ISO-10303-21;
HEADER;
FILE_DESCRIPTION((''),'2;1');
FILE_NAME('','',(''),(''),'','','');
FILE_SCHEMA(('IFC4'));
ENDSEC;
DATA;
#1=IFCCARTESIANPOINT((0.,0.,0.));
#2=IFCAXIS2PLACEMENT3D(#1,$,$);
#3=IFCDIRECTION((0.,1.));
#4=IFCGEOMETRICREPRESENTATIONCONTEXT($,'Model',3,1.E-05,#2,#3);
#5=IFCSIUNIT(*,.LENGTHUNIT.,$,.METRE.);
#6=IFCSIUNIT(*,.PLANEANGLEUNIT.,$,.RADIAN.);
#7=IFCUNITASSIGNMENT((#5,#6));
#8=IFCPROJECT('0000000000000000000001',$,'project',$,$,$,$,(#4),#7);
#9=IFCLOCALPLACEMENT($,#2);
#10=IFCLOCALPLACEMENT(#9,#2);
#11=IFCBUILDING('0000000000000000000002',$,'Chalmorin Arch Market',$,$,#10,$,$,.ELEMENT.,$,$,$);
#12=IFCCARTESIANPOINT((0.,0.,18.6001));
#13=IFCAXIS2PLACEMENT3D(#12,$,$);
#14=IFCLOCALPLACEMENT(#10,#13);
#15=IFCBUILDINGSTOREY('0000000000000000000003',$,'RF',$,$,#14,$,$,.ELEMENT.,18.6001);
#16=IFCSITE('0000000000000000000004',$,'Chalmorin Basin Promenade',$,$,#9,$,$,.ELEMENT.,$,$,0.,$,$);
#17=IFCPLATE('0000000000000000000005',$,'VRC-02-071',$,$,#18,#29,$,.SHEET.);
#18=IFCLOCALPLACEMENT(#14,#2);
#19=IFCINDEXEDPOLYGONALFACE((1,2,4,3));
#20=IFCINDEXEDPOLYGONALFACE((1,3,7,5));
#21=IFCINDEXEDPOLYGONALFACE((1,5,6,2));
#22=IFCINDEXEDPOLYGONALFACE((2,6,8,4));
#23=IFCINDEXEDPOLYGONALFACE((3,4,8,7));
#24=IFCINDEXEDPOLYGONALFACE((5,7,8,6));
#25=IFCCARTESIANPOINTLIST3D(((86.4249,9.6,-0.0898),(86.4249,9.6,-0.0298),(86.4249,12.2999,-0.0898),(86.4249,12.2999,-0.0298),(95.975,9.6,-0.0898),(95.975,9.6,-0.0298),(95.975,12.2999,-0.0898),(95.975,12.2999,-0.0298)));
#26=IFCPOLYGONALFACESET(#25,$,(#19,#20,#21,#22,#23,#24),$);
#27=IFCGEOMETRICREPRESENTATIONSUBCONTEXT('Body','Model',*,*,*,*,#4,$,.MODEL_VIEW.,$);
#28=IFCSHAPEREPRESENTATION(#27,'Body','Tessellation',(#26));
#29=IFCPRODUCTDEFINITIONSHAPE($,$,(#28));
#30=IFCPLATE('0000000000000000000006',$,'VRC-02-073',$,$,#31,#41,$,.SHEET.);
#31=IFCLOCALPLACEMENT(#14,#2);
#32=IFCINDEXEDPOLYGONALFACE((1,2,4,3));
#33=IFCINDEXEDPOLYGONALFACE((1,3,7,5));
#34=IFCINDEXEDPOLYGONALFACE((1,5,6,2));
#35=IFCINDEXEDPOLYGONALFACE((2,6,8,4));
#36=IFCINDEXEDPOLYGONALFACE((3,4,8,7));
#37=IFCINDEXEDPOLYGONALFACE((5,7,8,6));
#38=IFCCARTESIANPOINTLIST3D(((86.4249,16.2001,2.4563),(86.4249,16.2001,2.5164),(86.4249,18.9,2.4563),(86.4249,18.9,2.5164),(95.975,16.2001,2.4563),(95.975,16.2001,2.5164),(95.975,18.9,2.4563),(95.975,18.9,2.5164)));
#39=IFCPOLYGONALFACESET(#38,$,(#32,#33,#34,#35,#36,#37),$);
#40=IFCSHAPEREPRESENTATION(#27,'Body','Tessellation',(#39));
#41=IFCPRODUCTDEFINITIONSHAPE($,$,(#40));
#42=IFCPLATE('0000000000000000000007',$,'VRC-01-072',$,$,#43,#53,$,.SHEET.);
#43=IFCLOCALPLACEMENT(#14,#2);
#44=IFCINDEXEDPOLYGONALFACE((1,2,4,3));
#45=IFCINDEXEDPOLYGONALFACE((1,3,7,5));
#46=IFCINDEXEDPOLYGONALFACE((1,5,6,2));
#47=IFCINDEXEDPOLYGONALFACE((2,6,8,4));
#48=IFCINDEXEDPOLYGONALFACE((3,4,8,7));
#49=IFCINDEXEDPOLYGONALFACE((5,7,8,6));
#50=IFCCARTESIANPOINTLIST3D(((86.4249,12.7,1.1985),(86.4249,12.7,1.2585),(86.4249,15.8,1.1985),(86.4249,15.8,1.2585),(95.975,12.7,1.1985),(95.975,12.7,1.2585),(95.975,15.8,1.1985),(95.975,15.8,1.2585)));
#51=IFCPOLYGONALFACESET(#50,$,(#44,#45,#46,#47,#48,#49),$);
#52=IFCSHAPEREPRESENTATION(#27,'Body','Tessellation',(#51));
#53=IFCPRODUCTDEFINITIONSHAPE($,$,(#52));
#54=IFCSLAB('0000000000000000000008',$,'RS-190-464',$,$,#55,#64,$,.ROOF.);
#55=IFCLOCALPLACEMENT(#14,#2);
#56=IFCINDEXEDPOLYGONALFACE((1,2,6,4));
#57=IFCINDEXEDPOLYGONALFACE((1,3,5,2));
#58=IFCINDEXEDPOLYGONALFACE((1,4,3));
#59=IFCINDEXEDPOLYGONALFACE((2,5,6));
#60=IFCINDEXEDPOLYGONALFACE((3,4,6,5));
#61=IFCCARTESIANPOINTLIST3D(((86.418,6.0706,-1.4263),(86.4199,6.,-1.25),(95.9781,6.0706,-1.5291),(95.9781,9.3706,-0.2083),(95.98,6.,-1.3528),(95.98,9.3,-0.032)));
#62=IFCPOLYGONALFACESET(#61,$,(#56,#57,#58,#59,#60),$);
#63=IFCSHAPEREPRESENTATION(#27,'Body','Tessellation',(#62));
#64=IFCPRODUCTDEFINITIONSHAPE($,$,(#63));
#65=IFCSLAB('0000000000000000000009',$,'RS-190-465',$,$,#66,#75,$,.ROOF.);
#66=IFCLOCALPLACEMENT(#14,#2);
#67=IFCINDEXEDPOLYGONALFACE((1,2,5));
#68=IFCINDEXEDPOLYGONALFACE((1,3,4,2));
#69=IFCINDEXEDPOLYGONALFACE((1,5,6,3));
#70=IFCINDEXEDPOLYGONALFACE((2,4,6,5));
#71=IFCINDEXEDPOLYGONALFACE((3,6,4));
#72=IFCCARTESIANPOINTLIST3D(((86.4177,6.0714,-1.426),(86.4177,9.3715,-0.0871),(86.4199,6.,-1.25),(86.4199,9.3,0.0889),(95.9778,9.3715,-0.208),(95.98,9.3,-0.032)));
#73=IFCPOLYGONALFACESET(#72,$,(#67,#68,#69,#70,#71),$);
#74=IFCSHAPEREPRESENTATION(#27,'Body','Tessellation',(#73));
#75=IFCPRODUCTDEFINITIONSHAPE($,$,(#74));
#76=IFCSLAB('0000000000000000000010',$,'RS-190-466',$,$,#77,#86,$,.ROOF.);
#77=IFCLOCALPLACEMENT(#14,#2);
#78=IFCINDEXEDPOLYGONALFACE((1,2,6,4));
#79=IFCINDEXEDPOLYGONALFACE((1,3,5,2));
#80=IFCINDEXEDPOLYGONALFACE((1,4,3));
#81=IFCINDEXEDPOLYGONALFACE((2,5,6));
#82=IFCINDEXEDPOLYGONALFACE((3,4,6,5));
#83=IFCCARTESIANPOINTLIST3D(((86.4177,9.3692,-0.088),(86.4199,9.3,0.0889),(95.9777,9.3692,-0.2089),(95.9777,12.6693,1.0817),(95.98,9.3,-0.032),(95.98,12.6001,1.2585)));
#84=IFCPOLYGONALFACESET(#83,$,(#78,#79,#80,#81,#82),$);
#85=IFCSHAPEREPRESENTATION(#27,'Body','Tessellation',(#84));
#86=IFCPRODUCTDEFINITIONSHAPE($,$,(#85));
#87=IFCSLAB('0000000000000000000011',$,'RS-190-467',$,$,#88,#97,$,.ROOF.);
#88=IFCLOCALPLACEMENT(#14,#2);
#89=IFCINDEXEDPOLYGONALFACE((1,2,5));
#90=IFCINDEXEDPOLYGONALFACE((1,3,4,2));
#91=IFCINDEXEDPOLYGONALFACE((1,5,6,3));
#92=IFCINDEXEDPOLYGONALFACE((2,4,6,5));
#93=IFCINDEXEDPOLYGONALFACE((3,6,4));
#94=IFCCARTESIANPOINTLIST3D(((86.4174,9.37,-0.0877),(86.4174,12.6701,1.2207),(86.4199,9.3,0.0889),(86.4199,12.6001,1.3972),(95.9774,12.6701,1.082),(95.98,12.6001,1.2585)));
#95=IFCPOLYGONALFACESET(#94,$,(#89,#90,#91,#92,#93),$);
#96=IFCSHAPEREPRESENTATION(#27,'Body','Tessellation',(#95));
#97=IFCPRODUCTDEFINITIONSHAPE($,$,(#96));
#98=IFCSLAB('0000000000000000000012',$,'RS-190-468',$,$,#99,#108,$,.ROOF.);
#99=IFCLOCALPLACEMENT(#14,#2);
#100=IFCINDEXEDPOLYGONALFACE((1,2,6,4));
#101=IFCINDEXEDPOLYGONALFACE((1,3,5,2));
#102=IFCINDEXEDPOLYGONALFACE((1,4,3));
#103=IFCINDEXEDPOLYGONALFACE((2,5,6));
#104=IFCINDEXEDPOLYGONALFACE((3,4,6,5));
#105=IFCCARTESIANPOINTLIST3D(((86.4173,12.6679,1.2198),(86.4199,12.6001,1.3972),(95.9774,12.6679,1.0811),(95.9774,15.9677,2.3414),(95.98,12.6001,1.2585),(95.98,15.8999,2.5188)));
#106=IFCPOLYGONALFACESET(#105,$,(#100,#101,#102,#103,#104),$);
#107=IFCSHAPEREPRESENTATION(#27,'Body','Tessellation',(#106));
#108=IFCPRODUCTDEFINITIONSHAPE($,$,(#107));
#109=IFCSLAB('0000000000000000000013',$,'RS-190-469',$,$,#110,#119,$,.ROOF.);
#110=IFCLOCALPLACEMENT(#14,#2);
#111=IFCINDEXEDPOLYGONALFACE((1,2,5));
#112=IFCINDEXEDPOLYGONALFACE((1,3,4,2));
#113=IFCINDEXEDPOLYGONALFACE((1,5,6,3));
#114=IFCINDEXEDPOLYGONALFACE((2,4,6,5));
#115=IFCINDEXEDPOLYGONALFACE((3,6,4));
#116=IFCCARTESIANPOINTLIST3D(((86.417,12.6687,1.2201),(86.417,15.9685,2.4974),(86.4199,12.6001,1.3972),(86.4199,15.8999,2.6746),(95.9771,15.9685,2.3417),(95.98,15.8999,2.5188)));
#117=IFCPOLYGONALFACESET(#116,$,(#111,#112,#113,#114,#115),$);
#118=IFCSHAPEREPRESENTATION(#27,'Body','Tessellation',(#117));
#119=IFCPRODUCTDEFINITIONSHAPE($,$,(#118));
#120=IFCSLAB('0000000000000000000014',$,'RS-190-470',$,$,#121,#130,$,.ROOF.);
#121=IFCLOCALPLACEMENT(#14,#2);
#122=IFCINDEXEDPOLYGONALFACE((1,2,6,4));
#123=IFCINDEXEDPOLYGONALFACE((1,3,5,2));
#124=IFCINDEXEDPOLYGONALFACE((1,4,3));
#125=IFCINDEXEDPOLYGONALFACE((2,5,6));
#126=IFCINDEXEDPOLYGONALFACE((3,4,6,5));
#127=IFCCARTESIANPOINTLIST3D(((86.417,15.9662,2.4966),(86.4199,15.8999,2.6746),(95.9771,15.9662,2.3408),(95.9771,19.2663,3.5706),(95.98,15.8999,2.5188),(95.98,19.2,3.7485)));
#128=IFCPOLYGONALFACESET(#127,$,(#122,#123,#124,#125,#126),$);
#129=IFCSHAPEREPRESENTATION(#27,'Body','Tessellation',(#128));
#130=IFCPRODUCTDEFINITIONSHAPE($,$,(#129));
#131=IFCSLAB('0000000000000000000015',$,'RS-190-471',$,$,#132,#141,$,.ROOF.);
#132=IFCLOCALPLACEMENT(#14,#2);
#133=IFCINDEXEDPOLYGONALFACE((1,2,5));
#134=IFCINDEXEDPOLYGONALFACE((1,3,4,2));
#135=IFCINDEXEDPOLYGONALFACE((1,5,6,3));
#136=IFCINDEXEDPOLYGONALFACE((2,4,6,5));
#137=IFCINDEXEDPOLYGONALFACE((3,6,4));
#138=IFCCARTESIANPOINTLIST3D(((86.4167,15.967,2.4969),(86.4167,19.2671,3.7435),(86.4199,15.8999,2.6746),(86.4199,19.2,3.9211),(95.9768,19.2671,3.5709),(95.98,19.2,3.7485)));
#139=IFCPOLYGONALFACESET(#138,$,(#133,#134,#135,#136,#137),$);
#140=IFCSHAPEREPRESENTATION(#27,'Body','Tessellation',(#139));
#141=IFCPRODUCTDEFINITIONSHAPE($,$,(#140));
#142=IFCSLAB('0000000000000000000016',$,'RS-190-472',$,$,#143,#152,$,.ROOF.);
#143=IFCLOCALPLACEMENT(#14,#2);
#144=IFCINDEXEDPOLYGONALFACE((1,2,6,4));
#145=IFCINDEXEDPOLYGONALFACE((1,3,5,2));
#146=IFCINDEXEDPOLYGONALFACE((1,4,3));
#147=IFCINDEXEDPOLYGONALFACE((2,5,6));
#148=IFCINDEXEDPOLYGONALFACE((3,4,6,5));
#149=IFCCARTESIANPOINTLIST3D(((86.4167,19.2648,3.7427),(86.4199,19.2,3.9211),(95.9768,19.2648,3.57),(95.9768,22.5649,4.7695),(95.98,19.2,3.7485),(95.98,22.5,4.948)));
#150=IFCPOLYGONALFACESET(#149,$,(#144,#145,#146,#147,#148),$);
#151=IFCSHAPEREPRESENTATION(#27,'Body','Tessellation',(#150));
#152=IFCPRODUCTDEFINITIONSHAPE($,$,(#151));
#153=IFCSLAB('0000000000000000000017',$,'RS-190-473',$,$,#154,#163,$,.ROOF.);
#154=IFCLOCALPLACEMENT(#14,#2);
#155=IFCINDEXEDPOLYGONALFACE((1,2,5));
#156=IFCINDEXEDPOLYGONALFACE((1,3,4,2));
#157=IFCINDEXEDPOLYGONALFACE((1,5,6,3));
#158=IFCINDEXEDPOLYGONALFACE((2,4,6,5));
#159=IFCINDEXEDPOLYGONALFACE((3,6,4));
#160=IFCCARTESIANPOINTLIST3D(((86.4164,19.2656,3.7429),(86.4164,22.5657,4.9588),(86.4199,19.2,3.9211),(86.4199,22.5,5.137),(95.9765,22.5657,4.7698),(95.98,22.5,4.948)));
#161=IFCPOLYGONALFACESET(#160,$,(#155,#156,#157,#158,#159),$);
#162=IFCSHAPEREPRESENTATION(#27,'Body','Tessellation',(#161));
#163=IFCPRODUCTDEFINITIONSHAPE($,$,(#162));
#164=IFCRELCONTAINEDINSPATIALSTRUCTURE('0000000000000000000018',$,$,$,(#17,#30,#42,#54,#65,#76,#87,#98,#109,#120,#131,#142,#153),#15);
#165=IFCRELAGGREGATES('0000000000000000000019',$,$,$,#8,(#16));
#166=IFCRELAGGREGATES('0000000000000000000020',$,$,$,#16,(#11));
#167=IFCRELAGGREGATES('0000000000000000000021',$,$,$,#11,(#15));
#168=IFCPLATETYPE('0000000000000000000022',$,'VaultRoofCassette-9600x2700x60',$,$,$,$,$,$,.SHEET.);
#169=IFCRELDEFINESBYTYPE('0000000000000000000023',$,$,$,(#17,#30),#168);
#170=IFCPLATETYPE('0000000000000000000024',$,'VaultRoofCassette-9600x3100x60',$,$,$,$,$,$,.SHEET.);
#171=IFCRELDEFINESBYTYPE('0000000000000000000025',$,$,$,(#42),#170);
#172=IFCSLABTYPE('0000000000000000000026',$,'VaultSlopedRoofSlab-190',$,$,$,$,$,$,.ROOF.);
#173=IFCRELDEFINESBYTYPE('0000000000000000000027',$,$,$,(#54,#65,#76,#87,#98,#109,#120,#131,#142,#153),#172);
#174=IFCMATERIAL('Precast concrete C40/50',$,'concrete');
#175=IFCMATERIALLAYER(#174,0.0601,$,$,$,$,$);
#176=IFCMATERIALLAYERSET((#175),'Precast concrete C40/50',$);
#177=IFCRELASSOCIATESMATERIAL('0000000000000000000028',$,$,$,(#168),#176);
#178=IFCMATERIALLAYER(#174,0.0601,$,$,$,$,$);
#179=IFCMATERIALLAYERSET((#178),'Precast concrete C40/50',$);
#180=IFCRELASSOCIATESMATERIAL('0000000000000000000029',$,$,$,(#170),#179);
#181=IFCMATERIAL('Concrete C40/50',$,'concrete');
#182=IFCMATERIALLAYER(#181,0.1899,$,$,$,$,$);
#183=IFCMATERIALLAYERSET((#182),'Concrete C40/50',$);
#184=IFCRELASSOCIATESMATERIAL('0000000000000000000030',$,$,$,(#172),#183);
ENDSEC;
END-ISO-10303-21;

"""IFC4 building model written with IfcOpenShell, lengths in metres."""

from ifc_helpers import new_model, si_unit, direction, frame, origin, origin_2d, place, context, subcontext, project, spatial, polyline, rectangle, outline, extrude, material, layer, layer_set, type_object, element, save


model = new_model("IFC4")

# Units and contexts
model_context = context("Model", 3, precision=1e-05, world=origin(), true_north=direction((0.0, 1.0)))
body_context = subcontext(model_context, "Body", "Model", "MODEL_VIEW")
ifc_project = project(units=[si_unit("LENGTHUNIT", "METRE"), si_unit("PLANEANGLEUNIT", "RADIAN")], contexts=[model_context])

# Site, building, storey
site_placement = place(None, origin())
site = spatial("IfcSite", under=ifc_project, at=site_placement, Name="Chalmorin Basin Promenade", CompositionType="ELEMENT", RefElevation=0.0)
building_placement = place(site_placement, origin())
building = spatial("IfcBuilding", under=site, at=building_placement, Name="Chalmorin Arch Market", CompositionType="ELEMENT")
storey_placement = place(building_placement, frame((0.0, 0.0, 18.6001)))
storey = spatial("IfcBuildingStorey", under=building, at=storey_placement, Name="RF", CompositionType="ELEMENT", Elevation=18.6001)

# Plates
ifc_material_1 = material(Name="Precast concrete C40/50", Category="concrete")
ifc_layer_1 = layer(ifc_material_1, 0.0601)
ifc_layer_set_1 = layer_set([ifc_layer_1], Name="Precast concrete C40/50")
plate_type_1 = type_object("IfcPlateType", Name="VaultRoofCassette-9600x2700x60", PredefinedType="SHEET", material=ifc_layer_set_1)
for number, where, z_axis, x_axis, name in (
    (1, (91.2, 10.95, -0.0898), (0.0, 0.0, 1.0), (1.0, 0.0, 0.0), "VRC-02-071"),
    (2, (91.2, 17.55, 2.4563), (0.0, 0.0, 1.0), (1.0, 0.0, 0.0), "VRC-02-073"),
):
    element("IfcPlate", number, at=place(storey_placement, frame(where, z_axis=z_axis, x_axis=x_axis)), inside=storey, type_object=plate_type_1, Name=name, PredefinedType="SHEET", context=body_context, shape_type="SweptSolid", body=[
        extrude(rectangle(XDim=9.55, YDim=2.7, at=origin_2d()), origin(), (0.0, 0.0, 1.0), 0.0601),
    ])
ifc_layer_2 = layer(ifc_material_1, 0.0601)
ifc_layer_set_2 = layer_set([ifc_layer_2], Name="Precast concrete C40/50")
plate_type_2 = type_object("IfcPlateType", Name="VaultRoofCassette-9600x3100x60", PredefinedType="SHEET", material=ifc_layer_set_2)
plate_placement = place(storey_placement, frame((91.2, 14.25, 1.1985), z_axis=(0.0, 0.0, 1.0), x_axis=(1.0, 0.0, 0.0)))
element("IfcPlate", 3, at=plate_placement, inside=storey, type_object=plate_type_2, Name="VRC-01-072", PredefinedType="SHEET", context=body_context, shape_type="SweptSolid", body=[
    extrude(rectangle(XDim=9.55, YDim=3.1001, at=origin_2d()), origin(), (0.0, 0.0, 1.0), 0.0601),
])

# Slabs
ifc_material_2 = material(Name="Concrete C40/50", Category="concrete")
ifc_layer_3 = layer(ifc_material_2, 0.1899)
ifc_layer_set_3 = layer_set([ifc_layer_3], Name="Concrete C40/50")
slab_type = type_object("IfcSlabType", Name="VaultSlopedRoofSlab-190", PredefinedType="ROOF", material=ifc_layer_set_3)
slab_1_placement = place(storey_placement, frame((86.4199, 6.0, -1.25), z_axis=(0.009981, -0.371562, 0.928355), x_axis=(0.999942, 0.0, -0.010751)))
element("IfcSlab", 4, at=slab_1_placement, inside=storey, type_object=slab_type, Name="RS-190-464", PredefinedType="ROOF", context=body_context, shape_type="SweptSolid", body=[
    extrude(outline(polyline([(0.0, 0.0), (9.5606, 0.0), (9.5464, 3.5545), (0.0, 0.0)])), origin(), (0.0, 0.0, -1.0), 0.1899),
])
slab_2_placement = place(storey_placement, frame((86.4199, 6.0, -1.25), z_axis=(0.011713, -0.375923, 0.926577), x_axis=(0.938485, 0.323957, 0.11957)))
element("IfcSlab", 5, at=slab_2_placement, inside=storey, type_object=slab_type, Name="RS-190-465", PredefinedType="ROOF", context=body_context, shape_type="SweptSolid", body=[
    extrude(outline(polyline([(0.0, 0.0), (10.1867, 0.0), (1.2292, 3.3425), (0.0, 0.0)])), origin(), (0.0, 0.0, -1.0), 0.1899),
])
slab_3_placement = place(storey_placement, frame((86.4199, 9.3, 0.0889), z_axis=(0.011772, -0.364179, 0.931254), x_axis=(0.99992, 0.0, -0.01264)))
element("IfcSlab", 6, at=slab_3_placement, inside=storey, type_object=slab_type, Name="RS-190-466", PredefinedType="ROOF", context=body_context, shape_type="SweptSolid", body=[
    extrude(outline(polyline([(0.0, 0.0), (9.5608, 0.0), (9.5445, 3.5434), (0.0, 0.0)])), origin(), (0.0, 0.0, -1.0), 0.1899),
])
slab_4_placement = place(storey_placement, frame((86.4199, 9.3, 0.0889), z_axis=(0.013483, -0.368522, 0.929521), x_axis=(0.939008, 0.324137, 0.114888)))
element("IfcSlab", 7, at=slab_4_placement, inside=storey, type_object=slab_type, Name="RS-190-467", PredefinedType="ROOF", context=body_context, shape_type="SweptSolid", body=[
    extrude(outline(polyline([(0.0, 0.0), (10.181, 0.0), (1.22, 3.3337), (0.0, 0.0)])), origin(), (0.0, 0.0, -1.0), 0.1899),
])
slab_5_placement = place(storey_placement, frame((86.4199, 12.6001, 1.3972), z_axis=(0.013549, -0.35675, 0.934102), x_axis=(0.999895, 0.0, -0.014504)))
element("IfcSlab", 8, at=slab_5_placement, inside=storey, type_object=slab_type, Name="RS-190-468", PredefinedType="ROOF", context=body_context, shape_type="SweptSolid", body=[
    extrude(outline(polyline([(0.0, 0.0), (9.5611, 0.0), (9.5428, 3.5322), (0.0, 0.0)])), origin(), (0.0, 0.0, -1.0), 0.1899),
])
slab_6_placement = place(storey_placement, frame((86.4199, 12.6001, 1.3972), z_axis=(0.015193, -0.360952, 0.93246), x_axis=(0.939515, 0.324288, 0.110223)))
element("IfcSlab", 9, at=slab_6_placement, inside=storey, type_object=slab_type, Name="RS-190-469", PredefinedType="ROOF", context=body_context, shape_type="SweptSolid", body=[
    extrude(outline(polyline([(0.0, 0.0), (10.1755, 0.0), (1.2109, 3.3248), (0.0, 0.0)])), origin(), (0.0, 0.0, -1.0), 0.1899),
])
slab_7_placement = place(storey_placement, frame((86.4199, 15.8999, 2.6746), z_axis=(0.015266, -0.349145, 0.936944), x_axis=(0.999867, 0.0, -0.016291)))
element("IfcSlab", 10, at=slab_7_placement, inside=storey, type_object=slab_type, Name="RS-190-470", PredefinedType="ROOF", context=body_context, shape_type="SweptSolid", body=[
    extrude(outline(polyline([(0.0, 0.0), (9.5613, 0.0), (9.5413, 3.5217), (0.0, 0.0)])), origin(), (0.0, 0.0, -1.0), 0.1899),
])
slab_8_placement = place(storey_placement, frame((86.4199, 15.8999, 2.6746), z_axis=(0.016888, -0.353325, 0.935348), x_axis=(0.939982, 0.324474, 0.105597)))
element("IfcSlab", 11, at=slab_8_placement, inside=storey, type_object=slab_type, Name="RS-190-471", PredefinedType="ROOF", context=body_context, shape_type="SweptSolid", body=[
    extrude(outline(polyline([(0.0, 0.0), (10.1705, 0.0), (1.2024, 3.3164), (0.0, 0.0)])), origin(), (0.0, 0.0, -1.0), 0.1899),
])
slab_9_placement = place(storey_placement, frame((86.4199, 19.2, 3.9211), z_axis=(0.016966, -0.341554, 0.939709), x_axis=(0.999837, 0.0, -0.018052)))
element("IfcSlab", 12, at=slab_9_placement, inside=storey, type_object=slab_type, Name="RS-190-472", PredefinedType="ROOF", context=body_context, shape_type="SweptSolid", body=[
    extrude(outline(polyline([(0.0, 0.0), (9.5616, 0.0), (9.54, 3.5112), (0.0, 0.0)])), origin(), (0.0, 0.0, -1.0), 0.1899),
])
slab_10_placement = place(storey_placement, frame((86.4199, 19.2, 3.9211), z_axis=(0.018544, -0.345649, 0.938181), x_axis=(0.940432, 0.324629, 0.101013)))
element("IfcSlab", 13, at=slab_10_placement, inside=storey, type_object=slab_type, Name="RS-190-473", PredefinedType="ROOF", context=body_context, shape_type="SweptSolid", body=[
    extrude(outline(polyline([(0.0, 0.0), (10.1656, 0.0), (1.1941, 3.308), (0.0, 0.0)])), origin(), (0.0, 0.0, -1.0), 0.1899),
])

save(model, "model.ifc")
